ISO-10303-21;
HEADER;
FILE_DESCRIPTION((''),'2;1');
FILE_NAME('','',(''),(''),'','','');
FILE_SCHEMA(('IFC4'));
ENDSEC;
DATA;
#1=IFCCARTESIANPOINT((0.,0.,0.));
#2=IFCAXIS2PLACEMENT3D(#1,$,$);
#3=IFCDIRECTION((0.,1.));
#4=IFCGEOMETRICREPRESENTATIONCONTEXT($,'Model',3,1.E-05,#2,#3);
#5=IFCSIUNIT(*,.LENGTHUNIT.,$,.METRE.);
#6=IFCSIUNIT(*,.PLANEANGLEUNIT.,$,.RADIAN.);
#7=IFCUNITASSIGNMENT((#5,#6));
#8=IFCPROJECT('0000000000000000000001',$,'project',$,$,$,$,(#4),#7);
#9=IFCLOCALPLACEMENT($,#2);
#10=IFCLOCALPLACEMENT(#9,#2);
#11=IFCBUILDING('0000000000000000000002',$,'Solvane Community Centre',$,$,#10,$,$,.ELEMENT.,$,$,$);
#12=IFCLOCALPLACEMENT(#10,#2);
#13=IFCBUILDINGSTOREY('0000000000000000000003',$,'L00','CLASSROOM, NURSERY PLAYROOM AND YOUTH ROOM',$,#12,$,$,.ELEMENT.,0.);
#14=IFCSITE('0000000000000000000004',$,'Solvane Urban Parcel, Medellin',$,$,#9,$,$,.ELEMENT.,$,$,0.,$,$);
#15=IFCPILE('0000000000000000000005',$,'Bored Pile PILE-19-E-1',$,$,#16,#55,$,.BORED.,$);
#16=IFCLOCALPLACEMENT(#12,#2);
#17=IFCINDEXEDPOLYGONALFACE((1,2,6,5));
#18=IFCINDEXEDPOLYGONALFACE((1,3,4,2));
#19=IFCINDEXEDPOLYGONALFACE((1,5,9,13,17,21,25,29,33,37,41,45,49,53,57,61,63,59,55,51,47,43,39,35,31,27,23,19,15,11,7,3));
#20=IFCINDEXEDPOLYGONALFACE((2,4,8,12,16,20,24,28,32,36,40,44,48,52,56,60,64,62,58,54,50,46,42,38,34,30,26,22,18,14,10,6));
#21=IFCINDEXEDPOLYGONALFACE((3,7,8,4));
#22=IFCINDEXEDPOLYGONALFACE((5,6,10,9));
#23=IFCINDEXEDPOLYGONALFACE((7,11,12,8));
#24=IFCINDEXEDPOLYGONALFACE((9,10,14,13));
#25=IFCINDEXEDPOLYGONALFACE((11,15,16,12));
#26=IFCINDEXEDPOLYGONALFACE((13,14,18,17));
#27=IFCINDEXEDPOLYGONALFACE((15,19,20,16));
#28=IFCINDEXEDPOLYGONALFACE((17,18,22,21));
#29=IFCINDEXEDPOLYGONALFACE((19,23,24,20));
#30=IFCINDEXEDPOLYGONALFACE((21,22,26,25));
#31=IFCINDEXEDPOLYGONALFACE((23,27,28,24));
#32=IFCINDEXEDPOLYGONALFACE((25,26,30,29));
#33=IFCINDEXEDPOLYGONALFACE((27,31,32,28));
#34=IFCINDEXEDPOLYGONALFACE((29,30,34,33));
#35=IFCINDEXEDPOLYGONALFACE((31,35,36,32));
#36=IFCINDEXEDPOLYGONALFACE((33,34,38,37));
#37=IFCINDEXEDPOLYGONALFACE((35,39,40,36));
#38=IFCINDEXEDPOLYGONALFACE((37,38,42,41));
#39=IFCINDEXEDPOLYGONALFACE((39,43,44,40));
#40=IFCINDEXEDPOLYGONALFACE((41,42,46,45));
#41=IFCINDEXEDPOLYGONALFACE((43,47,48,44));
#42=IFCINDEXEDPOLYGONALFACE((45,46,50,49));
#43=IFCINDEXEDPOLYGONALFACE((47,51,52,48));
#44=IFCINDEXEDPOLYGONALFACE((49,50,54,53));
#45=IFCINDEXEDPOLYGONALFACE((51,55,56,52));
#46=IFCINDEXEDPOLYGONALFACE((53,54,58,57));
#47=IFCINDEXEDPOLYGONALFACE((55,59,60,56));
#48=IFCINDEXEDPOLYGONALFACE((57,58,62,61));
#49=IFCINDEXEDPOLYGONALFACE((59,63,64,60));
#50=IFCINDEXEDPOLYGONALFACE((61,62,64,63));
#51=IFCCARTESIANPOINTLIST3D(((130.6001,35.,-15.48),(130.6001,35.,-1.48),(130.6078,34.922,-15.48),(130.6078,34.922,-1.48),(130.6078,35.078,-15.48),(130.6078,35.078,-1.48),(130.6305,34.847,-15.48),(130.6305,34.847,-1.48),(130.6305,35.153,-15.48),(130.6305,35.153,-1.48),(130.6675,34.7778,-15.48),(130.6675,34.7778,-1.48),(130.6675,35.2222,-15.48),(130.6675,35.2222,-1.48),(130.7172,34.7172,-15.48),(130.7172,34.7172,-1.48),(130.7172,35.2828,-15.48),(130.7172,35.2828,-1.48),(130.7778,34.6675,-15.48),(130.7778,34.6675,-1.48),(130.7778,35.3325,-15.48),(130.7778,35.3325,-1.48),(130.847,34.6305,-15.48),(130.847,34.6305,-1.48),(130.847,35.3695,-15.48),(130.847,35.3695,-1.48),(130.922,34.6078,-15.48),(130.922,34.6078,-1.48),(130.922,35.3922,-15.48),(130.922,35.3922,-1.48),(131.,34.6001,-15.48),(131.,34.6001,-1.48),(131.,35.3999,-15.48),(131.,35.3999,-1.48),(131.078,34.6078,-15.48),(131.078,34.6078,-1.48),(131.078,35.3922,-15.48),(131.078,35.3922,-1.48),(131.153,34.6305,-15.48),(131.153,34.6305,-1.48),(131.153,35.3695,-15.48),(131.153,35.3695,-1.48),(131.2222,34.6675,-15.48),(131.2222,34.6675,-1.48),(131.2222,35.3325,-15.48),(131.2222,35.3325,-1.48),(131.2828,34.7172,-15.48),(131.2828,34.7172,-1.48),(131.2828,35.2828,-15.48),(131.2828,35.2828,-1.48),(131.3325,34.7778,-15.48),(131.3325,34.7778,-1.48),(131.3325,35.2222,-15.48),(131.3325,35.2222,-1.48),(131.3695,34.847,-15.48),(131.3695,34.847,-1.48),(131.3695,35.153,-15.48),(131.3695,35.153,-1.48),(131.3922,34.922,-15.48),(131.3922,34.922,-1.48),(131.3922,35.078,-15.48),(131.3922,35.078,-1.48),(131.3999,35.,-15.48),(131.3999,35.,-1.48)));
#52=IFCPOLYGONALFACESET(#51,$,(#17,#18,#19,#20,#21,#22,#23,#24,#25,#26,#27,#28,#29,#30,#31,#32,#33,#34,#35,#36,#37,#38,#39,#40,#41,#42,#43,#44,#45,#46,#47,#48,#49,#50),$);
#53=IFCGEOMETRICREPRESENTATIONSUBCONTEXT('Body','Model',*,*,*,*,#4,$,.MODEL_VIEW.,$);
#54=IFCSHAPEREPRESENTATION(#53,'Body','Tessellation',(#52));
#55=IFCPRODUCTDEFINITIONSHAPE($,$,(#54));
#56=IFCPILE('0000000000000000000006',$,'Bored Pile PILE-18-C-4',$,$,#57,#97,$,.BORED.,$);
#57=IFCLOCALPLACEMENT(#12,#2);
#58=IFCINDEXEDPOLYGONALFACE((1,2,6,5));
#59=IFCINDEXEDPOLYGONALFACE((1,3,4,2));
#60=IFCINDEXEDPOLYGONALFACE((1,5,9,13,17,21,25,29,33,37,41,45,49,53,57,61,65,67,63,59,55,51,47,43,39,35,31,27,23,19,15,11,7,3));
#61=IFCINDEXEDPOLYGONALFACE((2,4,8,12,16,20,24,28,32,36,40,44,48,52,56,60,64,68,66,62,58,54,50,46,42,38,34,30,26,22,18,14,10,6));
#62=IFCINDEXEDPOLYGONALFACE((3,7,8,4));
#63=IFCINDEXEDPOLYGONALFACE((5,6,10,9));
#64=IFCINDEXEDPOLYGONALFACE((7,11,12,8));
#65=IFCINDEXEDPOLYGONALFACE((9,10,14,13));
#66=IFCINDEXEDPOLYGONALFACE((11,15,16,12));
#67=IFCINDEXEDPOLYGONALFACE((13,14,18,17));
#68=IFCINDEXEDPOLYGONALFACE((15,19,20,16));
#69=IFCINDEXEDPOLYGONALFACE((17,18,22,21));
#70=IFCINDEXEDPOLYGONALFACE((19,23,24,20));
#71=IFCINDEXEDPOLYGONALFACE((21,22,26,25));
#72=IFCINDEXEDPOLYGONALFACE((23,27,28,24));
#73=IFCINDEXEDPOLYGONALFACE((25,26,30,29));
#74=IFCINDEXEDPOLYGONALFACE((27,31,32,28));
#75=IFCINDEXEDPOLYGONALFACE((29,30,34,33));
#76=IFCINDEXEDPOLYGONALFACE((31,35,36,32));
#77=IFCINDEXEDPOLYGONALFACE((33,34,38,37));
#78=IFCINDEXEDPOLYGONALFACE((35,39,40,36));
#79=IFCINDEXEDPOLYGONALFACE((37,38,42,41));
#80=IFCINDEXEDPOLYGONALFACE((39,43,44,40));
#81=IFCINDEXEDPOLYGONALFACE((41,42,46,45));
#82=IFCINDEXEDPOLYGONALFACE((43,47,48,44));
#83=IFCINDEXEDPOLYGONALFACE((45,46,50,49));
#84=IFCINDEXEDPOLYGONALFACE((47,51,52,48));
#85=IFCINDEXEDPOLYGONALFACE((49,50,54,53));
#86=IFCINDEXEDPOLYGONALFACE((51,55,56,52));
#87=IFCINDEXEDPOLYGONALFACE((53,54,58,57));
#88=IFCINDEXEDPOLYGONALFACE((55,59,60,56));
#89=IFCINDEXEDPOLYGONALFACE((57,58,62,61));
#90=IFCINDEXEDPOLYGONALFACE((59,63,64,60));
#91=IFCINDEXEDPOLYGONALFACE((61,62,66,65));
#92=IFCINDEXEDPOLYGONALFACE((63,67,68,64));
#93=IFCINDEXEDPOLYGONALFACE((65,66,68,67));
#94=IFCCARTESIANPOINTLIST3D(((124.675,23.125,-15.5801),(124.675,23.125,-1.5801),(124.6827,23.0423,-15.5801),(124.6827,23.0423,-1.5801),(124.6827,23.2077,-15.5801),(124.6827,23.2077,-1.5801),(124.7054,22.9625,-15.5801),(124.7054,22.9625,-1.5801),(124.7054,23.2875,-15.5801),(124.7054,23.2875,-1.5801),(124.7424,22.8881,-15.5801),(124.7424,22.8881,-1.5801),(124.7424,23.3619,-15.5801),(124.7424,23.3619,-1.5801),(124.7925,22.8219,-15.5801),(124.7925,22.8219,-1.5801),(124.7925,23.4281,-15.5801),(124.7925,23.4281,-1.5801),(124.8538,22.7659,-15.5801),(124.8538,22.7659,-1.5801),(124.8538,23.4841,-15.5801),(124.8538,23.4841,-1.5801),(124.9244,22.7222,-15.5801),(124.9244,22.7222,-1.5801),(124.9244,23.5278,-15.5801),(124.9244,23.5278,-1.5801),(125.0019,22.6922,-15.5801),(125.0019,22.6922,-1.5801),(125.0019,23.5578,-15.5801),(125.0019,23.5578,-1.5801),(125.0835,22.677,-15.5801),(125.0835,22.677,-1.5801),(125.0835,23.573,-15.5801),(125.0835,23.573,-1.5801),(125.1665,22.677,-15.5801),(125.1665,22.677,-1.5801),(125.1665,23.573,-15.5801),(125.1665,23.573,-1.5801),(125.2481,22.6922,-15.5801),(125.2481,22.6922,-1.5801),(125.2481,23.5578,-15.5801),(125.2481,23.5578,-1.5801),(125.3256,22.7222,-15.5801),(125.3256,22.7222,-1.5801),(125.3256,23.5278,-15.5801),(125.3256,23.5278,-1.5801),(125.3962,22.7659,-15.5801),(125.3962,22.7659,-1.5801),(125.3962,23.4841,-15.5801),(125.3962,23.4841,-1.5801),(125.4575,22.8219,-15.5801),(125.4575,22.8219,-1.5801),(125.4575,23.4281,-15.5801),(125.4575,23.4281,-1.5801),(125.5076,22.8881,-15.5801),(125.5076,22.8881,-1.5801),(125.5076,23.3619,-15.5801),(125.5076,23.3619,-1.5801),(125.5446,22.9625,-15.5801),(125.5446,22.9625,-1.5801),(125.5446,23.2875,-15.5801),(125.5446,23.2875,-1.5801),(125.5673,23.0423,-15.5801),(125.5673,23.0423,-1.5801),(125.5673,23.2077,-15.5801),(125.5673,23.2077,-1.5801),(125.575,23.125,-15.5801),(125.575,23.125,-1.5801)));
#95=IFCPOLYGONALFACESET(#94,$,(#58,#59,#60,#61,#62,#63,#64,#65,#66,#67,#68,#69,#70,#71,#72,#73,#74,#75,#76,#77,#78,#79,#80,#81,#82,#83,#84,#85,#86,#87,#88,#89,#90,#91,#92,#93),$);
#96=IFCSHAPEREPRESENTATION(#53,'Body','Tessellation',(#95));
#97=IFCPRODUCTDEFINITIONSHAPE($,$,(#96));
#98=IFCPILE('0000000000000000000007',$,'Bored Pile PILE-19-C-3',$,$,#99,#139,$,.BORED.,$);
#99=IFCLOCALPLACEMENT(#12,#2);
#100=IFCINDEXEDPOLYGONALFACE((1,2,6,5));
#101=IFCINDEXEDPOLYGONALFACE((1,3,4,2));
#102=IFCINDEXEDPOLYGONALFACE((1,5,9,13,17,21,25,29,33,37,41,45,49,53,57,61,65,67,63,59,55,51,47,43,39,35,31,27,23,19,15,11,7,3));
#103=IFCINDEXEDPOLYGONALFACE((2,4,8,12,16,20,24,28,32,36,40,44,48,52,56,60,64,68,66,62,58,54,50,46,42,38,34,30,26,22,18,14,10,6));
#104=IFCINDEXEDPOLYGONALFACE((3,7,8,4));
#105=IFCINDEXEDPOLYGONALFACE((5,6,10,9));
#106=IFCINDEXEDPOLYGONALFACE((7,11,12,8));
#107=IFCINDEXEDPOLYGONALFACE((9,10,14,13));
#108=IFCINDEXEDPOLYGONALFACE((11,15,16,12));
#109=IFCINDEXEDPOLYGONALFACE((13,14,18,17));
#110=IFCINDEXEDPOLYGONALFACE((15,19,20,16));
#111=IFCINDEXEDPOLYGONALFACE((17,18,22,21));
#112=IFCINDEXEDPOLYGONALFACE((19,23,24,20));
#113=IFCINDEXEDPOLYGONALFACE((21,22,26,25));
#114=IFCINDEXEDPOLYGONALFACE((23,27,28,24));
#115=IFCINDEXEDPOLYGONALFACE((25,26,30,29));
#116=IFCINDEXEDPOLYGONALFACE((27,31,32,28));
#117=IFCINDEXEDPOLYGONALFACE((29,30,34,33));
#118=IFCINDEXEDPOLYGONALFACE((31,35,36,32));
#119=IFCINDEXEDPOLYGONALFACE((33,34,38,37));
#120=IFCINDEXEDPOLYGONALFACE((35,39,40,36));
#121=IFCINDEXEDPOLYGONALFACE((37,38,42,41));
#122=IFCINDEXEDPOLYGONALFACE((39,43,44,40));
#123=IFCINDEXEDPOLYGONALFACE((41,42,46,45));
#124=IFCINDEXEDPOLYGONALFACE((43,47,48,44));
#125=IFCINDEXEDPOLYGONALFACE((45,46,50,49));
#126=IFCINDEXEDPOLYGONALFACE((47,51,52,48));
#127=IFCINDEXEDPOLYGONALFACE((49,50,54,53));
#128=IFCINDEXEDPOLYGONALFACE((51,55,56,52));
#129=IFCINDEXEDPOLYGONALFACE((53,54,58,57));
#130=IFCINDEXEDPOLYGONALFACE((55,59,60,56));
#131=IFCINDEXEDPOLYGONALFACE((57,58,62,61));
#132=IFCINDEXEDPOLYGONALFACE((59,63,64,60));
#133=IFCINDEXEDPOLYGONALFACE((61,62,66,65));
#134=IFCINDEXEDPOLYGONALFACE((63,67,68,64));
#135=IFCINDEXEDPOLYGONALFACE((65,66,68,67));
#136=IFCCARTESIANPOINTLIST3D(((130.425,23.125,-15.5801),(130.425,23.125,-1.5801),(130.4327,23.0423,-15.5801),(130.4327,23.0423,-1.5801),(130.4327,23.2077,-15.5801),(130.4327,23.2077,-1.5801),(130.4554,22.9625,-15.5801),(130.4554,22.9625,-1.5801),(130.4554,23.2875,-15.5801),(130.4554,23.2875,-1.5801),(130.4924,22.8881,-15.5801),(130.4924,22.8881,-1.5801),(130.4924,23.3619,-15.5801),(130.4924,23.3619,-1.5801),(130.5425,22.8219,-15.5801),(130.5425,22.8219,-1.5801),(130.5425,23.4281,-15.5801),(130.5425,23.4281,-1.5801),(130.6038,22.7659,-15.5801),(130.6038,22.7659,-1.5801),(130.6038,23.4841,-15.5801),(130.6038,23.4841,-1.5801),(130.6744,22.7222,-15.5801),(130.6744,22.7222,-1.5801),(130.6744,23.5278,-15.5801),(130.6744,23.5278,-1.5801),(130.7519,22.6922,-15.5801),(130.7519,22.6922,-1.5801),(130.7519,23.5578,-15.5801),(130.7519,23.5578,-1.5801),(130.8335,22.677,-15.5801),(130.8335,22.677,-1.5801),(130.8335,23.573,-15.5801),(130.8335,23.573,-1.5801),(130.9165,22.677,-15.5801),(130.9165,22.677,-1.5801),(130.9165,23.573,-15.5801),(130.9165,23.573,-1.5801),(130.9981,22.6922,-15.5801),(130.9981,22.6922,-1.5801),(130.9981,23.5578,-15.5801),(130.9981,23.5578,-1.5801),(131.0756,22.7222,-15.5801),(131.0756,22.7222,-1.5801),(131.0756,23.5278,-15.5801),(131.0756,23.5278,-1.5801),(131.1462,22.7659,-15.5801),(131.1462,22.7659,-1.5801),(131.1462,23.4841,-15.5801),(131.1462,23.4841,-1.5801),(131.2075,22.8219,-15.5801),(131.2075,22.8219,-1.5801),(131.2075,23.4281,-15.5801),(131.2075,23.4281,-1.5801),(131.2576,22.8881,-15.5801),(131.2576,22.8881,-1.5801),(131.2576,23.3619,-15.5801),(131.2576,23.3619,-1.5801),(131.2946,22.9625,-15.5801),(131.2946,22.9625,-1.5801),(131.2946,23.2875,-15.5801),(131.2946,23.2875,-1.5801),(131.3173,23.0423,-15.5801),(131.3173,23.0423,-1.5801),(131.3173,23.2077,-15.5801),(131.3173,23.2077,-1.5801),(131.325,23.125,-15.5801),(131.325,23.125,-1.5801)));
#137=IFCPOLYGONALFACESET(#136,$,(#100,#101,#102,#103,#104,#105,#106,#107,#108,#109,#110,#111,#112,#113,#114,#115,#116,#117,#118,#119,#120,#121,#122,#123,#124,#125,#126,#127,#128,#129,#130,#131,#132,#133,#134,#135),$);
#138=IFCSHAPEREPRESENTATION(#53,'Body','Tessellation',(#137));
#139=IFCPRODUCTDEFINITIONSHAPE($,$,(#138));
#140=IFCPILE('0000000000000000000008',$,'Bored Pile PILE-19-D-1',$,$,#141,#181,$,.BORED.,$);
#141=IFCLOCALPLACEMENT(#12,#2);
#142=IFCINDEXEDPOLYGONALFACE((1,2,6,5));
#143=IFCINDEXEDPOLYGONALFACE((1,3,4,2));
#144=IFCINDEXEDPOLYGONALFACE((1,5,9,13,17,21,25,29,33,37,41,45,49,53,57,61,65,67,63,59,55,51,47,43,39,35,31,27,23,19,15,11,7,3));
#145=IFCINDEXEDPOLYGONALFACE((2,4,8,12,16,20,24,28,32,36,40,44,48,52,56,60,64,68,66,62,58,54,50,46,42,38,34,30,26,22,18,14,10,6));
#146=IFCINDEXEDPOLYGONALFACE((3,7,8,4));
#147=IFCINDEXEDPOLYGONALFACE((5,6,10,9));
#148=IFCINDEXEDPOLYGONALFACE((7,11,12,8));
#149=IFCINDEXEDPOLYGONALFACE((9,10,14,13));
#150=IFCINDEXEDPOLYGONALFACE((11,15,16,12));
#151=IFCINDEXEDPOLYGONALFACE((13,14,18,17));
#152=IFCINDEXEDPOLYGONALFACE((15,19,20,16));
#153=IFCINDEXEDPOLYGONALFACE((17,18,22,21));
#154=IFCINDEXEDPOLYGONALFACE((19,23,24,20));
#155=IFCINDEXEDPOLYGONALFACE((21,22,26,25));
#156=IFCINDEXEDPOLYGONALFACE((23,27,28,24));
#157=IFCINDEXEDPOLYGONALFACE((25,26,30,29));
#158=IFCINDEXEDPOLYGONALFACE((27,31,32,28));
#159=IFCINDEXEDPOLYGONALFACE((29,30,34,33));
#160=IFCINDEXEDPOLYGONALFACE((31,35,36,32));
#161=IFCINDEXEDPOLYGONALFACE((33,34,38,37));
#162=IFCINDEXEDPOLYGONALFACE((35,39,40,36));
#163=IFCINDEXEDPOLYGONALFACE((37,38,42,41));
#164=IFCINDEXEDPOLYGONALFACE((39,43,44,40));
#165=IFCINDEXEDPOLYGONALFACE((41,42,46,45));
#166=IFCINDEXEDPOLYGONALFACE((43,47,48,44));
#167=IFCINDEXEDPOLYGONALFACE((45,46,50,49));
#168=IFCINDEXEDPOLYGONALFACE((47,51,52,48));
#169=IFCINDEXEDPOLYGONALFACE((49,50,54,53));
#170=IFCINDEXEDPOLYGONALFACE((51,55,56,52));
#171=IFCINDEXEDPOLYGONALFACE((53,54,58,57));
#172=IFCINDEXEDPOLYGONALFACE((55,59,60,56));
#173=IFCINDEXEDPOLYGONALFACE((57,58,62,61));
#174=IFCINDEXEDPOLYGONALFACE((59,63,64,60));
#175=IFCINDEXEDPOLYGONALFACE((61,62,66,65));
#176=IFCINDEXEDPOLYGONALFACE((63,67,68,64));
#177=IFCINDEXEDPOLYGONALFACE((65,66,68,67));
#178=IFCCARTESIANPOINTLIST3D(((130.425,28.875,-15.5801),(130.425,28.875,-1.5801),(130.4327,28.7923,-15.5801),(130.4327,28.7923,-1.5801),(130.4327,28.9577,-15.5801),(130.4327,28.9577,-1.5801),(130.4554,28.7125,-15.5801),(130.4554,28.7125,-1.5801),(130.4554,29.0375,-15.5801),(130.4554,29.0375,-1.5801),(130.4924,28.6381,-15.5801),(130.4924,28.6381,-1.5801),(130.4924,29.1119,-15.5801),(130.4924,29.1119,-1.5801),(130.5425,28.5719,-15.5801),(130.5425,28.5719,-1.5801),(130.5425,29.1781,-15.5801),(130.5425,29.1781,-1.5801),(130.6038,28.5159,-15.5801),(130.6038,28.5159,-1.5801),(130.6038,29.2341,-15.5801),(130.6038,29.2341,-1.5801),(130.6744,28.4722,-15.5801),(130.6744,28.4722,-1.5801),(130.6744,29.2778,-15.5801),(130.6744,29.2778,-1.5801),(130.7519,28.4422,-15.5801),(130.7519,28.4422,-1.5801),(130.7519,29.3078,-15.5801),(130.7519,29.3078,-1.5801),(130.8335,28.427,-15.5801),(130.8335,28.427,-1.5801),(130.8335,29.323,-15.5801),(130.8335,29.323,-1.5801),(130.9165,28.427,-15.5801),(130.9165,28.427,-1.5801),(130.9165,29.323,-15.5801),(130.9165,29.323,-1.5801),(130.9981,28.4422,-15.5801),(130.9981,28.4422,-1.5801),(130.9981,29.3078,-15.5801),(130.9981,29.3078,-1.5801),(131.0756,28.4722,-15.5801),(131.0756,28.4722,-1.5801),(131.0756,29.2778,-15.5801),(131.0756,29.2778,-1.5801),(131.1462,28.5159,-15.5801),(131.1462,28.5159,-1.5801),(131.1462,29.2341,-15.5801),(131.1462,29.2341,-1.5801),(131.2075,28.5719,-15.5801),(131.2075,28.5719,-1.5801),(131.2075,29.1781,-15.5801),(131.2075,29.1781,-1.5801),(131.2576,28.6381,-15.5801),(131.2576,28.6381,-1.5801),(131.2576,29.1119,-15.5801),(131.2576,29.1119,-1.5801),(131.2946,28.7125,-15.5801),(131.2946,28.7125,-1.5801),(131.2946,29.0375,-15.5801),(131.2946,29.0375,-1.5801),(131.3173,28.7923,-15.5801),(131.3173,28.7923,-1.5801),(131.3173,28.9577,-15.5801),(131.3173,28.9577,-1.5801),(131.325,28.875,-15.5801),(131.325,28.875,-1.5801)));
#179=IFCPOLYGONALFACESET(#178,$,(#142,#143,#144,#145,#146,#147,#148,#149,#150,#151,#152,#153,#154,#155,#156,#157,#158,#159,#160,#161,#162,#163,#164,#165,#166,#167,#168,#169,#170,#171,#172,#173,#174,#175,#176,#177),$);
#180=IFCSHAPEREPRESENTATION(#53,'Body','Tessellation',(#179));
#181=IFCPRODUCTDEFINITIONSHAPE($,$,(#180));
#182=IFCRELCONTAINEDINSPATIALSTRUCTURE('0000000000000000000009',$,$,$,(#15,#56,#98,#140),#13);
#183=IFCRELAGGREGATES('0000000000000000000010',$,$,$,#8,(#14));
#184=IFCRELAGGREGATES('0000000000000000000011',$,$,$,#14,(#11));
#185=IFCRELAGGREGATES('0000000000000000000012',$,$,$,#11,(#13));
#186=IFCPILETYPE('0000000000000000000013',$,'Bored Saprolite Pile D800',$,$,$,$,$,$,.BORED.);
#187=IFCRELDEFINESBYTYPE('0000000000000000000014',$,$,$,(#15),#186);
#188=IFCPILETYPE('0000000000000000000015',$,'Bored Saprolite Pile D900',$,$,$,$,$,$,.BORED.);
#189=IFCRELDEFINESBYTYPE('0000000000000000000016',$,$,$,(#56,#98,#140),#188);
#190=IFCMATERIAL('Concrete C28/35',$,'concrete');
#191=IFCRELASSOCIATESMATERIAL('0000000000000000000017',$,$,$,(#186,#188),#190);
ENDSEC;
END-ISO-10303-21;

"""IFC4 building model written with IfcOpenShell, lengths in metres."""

from ifc_helpers import new_model, si_unit, direction, frame, origin, origin_2d, place, context, subcontext, project, spatial, circle, extrude, material, material_profile, profile_set, type_object, element, save


model = new_model("IFC4")

# Units and contexts
model_context = context("Model", 3, precision=1e-05, world=origin(), true_north=direction((0.0, 1.0)))
body_context = subcontext(model_context, "Body", "Model", "MODEL_VIEW")
ifc_project = project(units=[si_unit("LENGTHUNIT", "METRE"), si_unit("PLANEANGLEUNIT", "RADIAN")], contexts=[model_context])

# Site, building, storey
site_placement = place(None, origin())
site = spatial("IfcSite", under=ifc_project, at=site_placement, Name="Solvane Urban Parcel, Medellin", CompositionType="ELEMENT", RefElevation=0.0)
building_placement = place(site_placement, origin())
building = spatial("IfcBuilding", under=site, at=building_placement, Name="Solvane Community Centre", CompositionType="ELEMENT")
storey_placement = place(building_placement, origin())
storey = spatial("IfcBuildingStorey", under=building, at=storey_placement, Name="L00", Description="CLASSROOM, NURSERY PLAYROOM AND YOUTH ROOM", CompositionType="ELEMENT", Elevation=0.0)

# Piles
ifc_material_1 = material(Name="Concrete C28/35", Category="concrete")
ifc_material_profile_1 = material_profile(ifc_material_1, circle(Radius=0.3999, at=origin_2d()), Name="PILE D800")
ifc_profile_set_1 = profile_set([ifc_material_profile_1], Name="Concrete C28/35")
pile_type_1 = type_object("IfcPileType", Name="Bored Saprolite Pile D800", PredefinedType="BORED", material=ifc_profile_set_1)
pile_placement = place(storey_placement, frame((131.0, 35.0, -1.48), z_axis=(0.0, 0.0, -1.0), x_axis=(1.0, 0.0, 0.0)))
element("IfcPile", 1, at=pile_placement, inside=storey, type_object=pile_type_1, Name="Bored Pile PILE-19-E-1", PredefinedType="BORED", context=body_context, shape_type="SweptSolid", body=[
    extrude(circle(Radius=0.3999, at=origin_2d()), origin(), (0.0, 0.0, 1.0), 14.0),
])
ifc_material_profile_2 = material_profile(ifc_material_1, circle(Radius=0.45, at=origin_2d()), Name="PILE D900")
ifc_profile_set_2 = profile_set([ifc_material_profile_2], Name="Concrete C28/35")
pile_type_2 = type_object("IfcPileType", Name="Bored Saprolite Pile D900", PredefinedType="BORED", material=ifc_profile_set_2)
for number, where, z_axis, x_axis, name in (
    (2, (125.125, 23.125, -1.5801), (0.0, 0.0, -1.0), (1.0, 0.0, 0.0), "Bored Pile PILE-18-C-4"),
    (3, (130.875, 23.125, -1.5801), (0.0, 0.0, -1.0), (1.0, 0.0, 0.0), "Bored Pile PILE-19-C-3"),
    (4, (130.875, 28.875, -1.5801), (0.0, 0.0, -1.0), (1.0, 0.0, 0.0), "Bored Pile PILE-19-D-1"),
):
    element("IfcPile", number, at=place(storey_placement, frame(where, z_axis=z_axis, x_axis=x_axis)), inside=storey, type_object=pile_type_2, Name=name, PredefinedType="BORED", context=body_context, shape_type="SweptSolid", body=[
        extrude(circle(Radius=0.45, at=origin_2d()), origin(), (0.0, 0.0, 1.0), 14.0),
    ])

save(model, "model.ifc")
